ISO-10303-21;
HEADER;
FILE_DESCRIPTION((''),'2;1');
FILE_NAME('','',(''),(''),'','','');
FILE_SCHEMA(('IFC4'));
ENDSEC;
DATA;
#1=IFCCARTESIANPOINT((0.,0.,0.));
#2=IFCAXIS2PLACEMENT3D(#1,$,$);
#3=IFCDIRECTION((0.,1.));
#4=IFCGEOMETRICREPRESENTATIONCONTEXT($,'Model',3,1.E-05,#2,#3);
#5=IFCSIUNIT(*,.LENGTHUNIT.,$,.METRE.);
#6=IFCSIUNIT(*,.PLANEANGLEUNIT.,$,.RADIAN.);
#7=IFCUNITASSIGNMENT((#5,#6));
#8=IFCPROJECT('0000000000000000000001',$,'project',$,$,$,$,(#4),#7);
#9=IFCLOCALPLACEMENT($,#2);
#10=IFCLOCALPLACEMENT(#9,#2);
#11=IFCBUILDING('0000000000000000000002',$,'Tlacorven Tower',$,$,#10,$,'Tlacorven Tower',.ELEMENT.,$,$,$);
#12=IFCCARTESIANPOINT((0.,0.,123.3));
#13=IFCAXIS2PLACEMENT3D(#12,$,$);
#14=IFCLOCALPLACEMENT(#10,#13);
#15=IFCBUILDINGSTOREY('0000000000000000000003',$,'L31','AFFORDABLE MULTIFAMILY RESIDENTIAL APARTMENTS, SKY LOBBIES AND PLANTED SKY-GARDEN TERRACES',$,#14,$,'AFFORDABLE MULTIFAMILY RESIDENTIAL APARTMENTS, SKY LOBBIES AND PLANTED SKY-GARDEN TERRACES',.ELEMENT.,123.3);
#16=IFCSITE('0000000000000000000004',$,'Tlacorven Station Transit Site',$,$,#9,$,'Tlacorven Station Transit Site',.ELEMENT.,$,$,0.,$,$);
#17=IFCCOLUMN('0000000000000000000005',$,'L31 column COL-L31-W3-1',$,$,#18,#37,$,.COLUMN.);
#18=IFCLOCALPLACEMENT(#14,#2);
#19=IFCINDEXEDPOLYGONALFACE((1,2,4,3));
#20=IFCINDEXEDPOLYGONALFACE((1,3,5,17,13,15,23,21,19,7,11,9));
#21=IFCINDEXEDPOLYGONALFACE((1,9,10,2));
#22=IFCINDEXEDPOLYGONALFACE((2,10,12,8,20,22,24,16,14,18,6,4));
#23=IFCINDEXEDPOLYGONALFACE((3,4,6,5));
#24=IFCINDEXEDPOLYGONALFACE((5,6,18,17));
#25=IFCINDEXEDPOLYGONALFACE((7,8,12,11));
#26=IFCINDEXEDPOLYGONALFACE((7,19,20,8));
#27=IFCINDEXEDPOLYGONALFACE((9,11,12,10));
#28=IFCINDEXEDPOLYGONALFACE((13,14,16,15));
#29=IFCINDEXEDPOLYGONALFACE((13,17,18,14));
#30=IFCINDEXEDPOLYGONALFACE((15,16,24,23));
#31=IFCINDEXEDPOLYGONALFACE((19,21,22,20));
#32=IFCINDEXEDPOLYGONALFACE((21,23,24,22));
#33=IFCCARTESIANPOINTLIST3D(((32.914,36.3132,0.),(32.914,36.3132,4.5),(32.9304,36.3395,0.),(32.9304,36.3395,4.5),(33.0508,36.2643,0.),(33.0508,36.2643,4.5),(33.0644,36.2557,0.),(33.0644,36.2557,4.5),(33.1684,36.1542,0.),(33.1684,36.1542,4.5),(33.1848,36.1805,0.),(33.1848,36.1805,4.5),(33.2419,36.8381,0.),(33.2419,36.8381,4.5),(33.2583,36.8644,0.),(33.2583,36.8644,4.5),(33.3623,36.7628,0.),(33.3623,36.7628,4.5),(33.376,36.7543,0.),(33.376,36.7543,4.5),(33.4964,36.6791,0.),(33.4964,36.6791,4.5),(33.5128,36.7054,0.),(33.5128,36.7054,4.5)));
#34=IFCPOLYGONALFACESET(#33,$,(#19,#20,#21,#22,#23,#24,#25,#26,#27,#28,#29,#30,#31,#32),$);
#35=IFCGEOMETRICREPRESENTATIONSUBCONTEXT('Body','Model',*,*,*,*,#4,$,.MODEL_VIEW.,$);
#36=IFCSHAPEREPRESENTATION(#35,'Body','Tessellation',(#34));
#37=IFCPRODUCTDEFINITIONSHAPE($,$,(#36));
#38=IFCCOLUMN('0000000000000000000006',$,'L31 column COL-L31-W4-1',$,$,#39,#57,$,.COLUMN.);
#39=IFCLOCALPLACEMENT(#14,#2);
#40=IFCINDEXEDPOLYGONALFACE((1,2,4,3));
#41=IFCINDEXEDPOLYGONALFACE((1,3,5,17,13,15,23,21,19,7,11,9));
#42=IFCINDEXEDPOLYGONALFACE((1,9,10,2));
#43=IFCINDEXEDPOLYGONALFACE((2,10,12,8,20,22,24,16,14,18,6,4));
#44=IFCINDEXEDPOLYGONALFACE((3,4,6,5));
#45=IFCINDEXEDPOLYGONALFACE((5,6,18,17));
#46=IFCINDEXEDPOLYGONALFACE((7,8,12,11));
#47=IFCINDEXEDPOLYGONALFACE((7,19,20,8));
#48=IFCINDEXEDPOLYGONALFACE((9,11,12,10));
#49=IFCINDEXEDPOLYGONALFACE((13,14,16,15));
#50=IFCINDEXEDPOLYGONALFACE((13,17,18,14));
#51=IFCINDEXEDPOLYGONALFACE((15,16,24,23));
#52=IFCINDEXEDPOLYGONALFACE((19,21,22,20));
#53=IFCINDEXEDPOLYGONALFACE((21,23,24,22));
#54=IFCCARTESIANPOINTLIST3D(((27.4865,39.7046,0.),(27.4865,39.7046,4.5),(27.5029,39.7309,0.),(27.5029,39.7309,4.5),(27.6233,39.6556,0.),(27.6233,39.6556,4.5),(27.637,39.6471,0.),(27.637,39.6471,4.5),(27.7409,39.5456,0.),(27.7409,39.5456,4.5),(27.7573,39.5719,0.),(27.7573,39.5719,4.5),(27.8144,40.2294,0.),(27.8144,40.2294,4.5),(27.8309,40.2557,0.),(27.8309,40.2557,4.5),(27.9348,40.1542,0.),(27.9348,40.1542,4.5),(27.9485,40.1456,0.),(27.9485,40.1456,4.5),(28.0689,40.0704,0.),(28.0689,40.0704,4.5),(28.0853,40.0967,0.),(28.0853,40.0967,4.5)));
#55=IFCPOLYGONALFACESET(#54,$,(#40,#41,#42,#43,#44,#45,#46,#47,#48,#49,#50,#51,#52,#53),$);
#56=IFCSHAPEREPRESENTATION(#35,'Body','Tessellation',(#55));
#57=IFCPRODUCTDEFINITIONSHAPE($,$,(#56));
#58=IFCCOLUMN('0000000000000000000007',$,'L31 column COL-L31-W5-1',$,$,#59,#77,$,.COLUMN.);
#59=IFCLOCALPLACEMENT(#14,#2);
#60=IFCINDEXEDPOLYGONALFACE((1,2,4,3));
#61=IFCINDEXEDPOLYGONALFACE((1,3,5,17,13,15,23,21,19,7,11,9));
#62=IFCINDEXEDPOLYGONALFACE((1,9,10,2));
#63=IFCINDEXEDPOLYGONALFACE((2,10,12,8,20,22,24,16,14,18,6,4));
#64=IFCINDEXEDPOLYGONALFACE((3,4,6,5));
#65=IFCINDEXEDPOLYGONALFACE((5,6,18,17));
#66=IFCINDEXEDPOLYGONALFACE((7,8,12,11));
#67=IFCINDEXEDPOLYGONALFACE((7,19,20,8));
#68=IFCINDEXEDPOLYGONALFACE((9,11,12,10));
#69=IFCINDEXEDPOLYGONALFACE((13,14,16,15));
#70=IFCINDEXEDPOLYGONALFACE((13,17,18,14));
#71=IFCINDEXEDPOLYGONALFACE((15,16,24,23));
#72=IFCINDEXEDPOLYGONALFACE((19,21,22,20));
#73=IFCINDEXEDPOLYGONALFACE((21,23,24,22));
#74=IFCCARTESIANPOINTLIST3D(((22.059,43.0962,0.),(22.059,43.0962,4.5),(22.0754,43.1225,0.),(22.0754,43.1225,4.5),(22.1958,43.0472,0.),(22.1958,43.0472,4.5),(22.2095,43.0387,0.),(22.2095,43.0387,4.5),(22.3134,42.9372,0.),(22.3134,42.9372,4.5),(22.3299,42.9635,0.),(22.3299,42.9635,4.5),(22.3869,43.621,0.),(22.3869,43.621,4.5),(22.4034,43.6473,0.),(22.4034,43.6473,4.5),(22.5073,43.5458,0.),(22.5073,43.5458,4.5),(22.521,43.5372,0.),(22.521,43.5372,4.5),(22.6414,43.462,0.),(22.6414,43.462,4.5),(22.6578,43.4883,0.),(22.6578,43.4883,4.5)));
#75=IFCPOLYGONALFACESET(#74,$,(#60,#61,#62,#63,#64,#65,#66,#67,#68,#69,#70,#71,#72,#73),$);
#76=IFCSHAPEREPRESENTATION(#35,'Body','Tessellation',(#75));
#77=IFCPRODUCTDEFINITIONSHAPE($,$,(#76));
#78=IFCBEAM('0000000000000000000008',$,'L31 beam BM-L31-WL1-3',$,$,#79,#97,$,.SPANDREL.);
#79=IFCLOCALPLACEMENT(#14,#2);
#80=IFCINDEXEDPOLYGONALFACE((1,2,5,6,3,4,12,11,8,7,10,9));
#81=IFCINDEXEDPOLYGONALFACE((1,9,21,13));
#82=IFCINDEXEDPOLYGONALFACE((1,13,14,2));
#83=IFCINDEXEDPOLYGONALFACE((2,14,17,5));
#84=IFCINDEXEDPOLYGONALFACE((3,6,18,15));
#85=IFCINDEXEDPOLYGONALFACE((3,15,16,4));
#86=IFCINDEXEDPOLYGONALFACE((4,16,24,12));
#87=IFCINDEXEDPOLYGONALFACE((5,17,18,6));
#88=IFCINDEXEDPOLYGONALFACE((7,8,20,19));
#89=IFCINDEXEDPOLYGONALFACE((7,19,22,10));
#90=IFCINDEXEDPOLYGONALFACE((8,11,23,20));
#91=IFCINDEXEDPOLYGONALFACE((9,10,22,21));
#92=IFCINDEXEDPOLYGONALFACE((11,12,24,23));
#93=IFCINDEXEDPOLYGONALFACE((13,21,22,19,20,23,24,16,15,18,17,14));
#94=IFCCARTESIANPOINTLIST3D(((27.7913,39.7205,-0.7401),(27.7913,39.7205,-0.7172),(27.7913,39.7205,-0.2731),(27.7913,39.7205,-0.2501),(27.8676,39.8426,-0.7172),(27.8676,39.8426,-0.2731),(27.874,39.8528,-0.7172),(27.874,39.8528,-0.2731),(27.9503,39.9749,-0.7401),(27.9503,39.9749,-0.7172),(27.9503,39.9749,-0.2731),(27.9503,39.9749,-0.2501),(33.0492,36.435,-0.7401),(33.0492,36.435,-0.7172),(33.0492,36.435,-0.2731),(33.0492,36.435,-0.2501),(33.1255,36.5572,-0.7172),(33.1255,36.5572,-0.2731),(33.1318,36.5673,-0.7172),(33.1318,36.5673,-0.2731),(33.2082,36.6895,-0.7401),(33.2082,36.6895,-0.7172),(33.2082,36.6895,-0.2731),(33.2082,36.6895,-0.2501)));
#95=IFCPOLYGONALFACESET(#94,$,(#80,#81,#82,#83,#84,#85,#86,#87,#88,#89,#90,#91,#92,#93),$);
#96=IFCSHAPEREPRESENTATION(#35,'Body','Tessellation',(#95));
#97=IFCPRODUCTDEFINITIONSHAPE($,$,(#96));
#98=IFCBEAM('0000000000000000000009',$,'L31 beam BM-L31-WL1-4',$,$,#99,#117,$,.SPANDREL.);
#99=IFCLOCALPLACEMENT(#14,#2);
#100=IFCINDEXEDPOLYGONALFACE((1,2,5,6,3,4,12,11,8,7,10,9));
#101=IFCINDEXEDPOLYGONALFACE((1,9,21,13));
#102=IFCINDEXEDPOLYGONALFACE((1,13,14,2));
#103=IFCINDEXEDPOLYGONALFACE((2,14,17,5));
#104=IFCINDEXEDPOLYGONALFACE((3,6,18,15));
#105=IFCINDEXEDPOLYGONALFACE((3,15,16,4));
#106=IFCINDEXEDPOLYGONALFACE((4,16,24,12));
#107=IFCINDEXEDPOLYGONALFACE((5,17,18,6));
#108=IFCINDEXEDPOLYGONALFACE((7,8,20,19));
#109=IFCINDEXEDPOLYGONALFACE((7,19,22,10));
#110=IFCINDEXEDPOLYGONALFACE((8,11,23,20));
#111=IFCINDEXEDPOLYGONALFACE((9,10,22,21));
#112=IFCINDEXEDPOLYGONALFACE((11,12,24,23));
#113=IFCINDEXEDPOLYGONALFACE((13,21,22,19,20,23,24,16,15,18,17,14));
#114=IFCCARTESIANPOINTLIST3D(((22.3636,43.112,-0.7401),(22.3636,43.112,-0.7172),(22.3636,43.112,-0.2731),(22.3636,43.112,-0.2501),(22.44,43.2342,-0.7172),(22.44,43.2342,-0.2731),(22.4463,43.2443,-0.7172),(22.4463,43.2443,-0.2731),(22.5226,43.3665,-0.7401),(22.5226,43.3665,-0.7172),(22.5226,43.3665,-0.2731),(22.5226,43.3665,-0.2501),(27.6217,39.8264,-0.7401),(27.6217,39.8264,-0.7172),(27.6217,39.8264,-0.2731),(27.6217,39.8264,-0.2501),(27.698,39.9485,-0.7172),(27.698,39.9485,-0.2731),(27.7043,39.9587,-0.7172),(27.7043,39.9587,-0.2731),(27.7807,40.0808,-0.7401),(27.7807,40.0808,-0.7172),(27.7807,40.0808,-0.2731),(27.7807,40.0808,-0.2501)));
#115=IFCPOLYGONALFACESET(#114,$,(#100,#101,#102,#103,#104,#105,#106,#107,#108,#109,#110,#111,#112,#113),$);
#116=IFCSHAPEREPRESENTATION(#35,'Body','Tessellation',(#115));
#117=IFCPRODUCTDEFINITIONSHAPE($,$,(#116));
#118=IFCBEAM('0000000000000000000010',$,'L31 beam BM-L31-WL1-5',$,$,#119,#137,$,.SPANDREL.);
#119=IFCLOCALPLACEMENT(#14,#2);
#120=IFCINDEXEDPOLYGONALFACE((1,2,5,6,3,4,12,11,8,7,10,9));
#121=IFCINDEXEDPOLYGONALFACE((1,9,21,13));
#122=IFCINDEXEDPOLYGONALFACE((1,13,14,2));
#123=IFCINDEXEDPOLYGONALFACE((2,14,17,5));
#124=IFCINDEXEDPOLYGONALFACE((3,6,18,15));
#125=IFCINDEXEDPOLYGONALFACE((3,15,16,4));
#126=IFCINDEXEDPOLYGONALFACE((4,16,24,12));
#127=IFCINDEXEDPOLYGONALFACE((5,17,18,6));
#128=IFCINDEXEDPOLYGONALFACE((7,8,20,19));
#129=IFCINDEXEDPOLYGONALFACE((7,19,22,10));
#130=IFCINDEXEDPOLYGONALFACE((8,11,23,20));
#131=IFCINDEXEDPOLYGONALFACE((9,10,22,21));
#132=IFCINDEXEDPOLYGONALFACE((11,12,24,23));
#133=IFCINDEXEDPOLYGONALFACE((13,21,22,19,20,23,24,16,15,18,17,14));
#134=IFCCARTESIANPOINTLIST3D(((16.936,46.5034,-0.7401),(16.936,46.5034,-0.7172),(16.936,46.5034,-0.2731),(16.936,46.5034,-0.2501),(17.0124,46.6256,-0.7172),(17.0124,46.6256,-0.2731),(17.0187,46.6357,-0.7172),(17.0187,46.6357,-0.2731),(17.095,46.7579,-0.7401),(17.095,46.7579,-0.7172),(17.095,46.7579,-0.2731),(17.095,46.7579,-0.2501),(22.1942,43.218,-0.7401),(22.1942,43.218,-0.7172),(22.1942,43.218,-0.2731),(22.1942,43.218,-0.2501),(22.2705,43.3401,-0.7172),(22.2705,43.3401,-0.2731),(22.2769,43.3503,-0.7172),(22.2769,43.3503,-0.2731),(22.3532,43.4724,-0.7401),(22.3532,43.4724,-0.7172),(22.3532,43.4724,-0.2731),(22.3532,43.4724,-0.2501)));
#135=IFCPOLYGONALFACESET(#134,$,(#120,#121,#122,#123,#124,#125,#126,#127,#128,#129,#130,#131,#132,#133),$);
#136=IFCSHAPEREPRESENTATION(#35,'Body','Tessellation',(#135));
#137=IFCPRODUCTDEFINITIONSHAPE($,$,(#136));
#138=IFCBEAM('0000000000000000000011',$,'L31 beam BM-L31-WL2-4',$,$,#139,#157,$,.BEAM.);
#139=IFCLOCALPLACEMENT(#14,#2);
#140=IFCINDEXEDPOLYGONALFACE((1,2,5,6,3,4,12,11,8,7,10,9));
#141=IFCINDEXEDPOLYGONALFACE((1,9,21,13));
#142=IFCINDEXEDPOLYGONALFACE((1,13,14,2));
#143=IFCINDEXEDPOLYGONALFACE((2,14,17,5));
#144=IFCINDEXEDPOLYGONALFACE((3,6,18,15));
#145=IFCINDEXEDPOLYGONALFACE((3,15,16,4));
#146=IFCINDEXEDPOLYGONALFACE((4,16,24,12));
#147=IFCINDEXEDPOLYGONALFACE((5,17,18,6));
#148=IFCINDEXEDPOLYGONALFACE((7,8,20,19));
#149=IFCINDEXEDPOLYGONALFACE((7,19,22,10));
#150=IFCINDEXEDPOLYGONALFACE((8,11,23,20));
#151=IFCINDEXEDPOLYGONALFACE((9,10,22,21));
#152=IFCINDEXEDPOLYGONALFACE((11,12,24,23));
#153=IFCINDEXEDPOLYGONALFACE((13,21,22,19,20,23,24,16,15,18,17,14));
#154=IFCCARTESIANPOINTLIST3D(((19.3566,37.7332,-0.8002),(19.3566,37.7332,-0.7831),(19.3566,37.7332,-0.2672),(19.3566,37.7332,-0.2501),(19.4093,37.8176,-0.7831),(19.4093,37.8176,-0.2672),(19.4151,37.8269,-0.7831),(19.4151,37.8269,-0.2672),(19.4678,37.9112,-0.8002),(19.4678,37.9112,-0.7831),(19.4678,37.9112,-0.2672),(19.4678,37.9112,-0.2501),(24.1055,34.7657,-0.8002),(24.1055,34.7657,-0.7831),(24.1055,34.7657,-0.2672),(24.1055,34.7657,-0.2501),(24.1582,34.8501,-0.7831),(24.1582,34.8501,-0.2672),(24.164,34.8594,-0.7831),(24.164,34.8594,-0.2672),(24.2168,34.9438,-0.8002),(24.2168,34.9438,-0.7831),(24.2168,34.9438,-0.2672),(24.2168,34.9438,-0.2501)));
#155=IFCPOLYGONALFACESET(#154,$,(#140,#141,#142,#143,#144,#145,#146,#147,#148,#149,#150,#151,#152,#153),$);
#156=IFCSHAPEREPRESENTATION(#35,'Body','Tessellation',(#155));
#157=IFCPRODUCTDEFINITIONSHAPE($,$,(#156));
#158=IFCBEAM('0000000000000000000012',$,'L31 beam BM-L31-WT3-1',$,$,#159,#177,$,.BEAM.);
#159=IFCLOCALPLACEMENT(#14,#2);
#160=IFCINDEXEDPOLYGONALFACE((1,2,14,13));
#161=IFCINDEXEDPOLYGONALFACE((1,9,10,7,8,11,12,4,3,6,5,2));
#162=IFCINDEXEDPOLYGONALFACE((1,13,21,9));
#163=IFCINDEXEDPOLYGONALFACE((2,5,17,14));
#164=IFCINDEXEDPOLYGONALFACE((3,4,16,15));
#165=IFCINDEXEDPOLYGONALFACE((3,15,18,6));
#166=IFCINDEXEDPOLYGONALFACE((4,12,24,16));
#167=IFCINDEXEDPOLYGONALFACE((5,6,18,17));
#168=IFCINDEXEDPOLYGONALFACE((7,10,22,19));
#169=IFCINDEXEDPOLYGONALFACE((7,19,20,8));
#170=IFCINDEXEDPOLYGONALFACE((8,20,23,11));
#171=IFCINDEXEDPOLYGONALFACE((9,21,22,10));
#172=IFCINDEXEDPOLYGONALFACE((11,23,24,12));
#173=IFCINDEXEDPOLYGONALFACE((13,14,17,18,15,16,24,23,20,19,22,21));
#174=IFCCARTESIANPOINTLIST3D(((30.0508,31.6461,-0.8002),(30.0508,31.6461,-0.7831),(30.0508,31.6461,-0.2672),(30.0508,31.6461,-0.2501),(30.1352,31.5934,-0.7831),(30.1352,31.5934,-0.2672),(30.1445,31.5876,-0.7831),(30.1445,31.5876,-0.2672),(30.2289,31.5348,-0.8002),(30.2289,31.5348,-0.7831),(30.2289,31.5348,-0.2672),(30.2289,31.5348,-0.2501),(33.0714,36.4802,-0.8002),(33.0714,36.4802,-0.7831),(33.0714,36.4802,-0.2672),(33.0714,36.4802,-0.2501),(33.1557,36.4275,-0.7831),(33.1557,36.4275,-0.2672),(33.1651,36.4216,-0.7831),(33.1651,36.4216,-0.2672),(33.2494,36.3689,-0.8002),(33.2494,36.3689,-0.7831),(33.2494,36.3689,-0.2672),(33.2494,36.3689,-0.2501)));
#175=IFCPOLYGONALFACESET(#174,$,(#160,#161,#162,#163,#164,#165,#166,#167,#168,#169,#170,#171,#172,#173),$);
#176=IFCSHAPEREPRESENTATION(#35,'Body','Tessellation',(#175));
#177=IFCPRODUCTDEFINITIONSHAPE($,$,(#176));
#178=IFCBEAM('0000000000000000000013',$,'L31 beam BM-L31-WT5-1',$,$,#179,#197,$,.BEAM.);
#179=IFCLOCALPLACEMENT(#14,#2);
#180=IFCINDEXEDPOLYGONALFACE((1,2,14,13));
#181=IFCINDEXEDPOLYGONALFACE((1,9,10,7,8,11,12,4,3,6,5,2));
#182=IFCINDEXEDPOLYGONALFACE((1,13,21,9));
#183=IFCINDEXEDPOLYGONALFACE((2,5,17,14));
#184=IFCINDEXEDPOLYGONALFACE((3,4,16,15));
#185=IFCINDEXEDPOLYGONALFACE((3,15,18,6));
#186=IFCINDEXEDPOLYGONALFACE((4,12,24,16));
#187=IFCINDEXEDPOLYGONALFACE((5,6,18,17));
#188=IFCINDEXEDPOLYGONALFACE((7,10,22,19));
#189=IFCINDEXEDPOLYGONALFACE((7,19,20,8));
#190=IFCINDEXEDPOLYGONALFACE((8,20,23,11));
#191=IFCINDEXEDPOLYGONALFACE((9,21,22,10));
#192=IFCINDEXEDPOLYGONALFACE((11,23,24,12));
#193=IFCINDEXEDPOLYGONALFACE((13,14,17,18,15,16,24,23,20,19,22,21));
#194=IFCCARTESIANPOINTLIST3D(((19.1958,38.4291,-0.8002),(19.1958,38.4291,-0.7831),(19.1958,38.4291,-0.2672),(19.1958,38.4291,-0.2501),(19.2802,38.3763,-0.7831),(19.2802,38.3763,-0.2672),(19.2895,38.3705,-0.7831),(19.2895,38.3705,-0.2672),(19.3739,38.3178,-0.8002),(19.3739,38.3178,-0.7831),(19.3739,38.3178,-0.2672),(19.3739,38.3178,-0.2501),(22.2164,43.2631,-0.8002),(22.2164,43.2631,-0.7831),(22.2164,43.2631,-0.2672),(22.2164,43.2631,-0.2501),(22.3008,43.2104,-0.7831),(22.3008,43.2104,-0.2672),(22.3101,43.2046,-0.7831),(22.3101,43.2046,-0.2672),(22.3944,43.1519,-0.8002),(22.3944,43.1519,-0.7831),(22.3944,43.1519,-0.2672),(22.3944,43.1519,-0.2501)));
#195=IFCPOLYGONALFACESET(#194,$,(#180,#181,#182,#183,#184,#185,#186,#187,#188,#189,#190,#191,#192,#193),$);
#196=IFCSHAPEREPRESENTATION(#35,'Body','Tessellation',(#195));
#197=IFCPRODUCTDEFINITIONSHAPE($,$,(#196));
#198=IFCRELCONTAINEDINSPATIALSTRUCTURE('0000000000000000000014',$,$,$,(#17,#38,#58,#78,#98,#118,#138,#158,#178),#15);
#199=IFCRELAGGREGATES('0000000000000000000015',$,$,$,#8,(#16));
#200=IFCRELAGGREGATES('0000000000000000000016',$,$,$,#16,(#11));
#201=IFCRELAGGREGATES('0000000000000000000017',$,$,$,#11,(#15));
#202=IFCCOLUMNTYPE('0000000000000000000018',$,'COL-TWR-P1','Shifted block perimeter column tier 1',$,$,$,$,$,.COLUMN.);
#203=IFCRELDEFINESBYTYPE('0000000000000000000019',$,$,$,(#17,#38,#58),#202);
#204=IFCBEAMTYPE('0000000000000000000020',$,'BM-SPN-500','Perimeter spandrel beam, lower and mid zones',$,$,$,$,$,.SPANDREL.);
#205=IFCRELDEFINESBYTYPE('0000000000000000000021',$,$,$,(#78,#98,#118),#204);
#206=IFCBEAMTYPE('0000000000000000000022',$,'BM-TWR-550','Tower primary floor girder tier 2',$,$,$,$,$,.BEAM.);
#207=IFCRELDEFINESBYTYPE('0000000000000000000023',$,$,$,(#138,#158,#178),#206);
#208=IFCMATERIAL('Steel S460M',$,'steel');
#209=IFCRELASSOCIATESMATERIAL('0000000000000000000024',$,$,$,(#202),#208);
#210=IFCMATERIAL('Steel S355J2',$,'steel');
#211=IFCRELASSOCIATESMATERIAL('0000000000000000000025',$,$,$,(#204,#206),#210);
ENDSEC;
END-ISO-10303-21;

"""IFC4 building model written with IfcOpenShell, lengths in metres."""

from ifc_helpers import new_model, si_unit, direction, frame, origin, origin_2d, place, context, subcontext, project, spatial, i_section, extrude, source, transform, mapped, material, material_profile, profile_set, type_object, element, save


model = new_model("IFC4")

# Units and contexts
model_context = context("Model", 3, precision=1e-05, world=origin(), true_north=direction((0.0, 1.0)))
body_context = subcontext(model_context, "Body", "Model", "MODEL_VIEW")
ifc_project = project(units=[si_unit("LENGTHUNIT", "METRE"), si_unit("PLANEANGLEUNIT", "RADIAN")], contexts=[model_context])

# Site, building, storey
site_placement = place(None, origin())
site = spatial("IfcSite", under=ifc_project, at=site_placement, Name="Tlacorven Station Transit Site", LongName="Tlacorven Station Transit Site", CompositionType="ELEMENT", RefElevation=0.0)
building_placement = place(site_placement, origin())
building = spatial("IfcBuilding", under=site, at=building_placement, Name="Tlacorven Tower", LongName="Tlacorven Tower", CompositionType="ELEMENT")
storey_placement = place(building_placement, frame((0.0, 0.0, 123.3)))
storey = spatial("IfcBuildingStorey", under=building, at=storey_placement, Name="L31", Description="AFFORDABLE MULTIFAMILY RESIDENTIAL APARTMENTS, SKY LOBBIES AND PLANTED SKY-GARDEN TERRACES", LongName="AFFORDABLE MULTIFAMILY RESIDENTIAL APARTMENTS, SKY LOBBIES AND PLANTED SKY-GARDEN TERRACES", CompositionType="ELEMENT", Elevation=123.3)

# Columns
ifc_material_1 = material(Name="Steel S460M", Category="steel")
ifc_material_profile_1 = material_profile(ifc_material_1, i_section(OverallWidth=0.3, OverallDepth=0.6499, WebThickness=0.0161, FlangeThickness=0.031, at=origin_2d()), Name="HEB 650")
ifc_profile_set_1 = profile_set([ifc_material_profile_1], Name="Steel S460M")
column_type = type_object("IfcColumnType", Name="COL-TWR-P1", Description="Shifted block perimeter column tier 1", PredefinedType="COLUMN", material=ifc_profile_set_1)
shared_shape_1 = source(origin(), body_context, "Body", "SweptSolid", [
    extrude(i_section(OverallWidth=0.3, OverallDepth=0.6499, WebThickness=0.0161, FlangeThickness=0.031, at=origin_2d()), origin(), (0.0, 0.0, 1.0), 4.5),
])
for number, where, z_axis, x_axis, name in (
    (1, (33.2134, 36.5093, 0.0), (0.0, 0.0, 1.0), (-0.848048, 0.529919, 0.0), "L31 column COL-L31-W3-1"),
    (2, (27.7859, 39.9006, 0.0), (0.0, 0.0, 1.0), (-0.848048, 0.529919, 0.0), "L31 column COL-L31-W4-1"),
    (3, (22.3584, 43.2922, 0.0), (0.0, 0.0, 1.0), (-0.848048, 0.529919, 0.0), "L31 column COL-L31-W5-1"),
):
    element("IfcColumn", number, at=place(storey_placement, frame(where, z_axis=z_axis, x_axis=x_axis)), inside=storey, type_object=column_type, Name=name, PredefinedType="COLUMN", context=body_context, shape_type="MappedRepresentation", body=[
        mapped(shared_shape_1, transform((0.0, 0.0, 0.0), scale=1.0)),
    ])

# Beams
ifc_material_2 = material(Name="Steel S355J2", Category="steel")
ifc_material_profile_2 = material_profile(ifc_material_2, i_section(OverallWidth=0.3, OverallDepth=0.49, WebThickness=0.012, FlangeThickness=0.0229, at=origin_2d()), Name="HEA 500")
ifc_profile_set_2 = profile_set([ifc_material_profile_2], Name="Steel S355J2")
beam_type_1 = type_object("IfcBeamType", Name="BM-SPN-500", Description="Perimeter spandrel beam, lower and mid zones", PredefinedType="SPANDREL", material=ifc_profile_set_2)
shared_shape_2 = source(origin(), body_context, "Body", "SweptSolid", [
    extrude(i_section(OverallWidth=0.3, OverallDepth=0.49, WebThickness=0.012, FlangeThickness=0.0229, at=origin_2d()), origin(), (0.0, 0.0, 1.0), 6.2),
])
beam_1_placement = place(storey_placement, frame((33.1287, 36.5623, -0.4951), z_axis=(-0.848051, 0.529914, 0.0), x_axis=(-0.529914, -0.848051, 0.0)))
element("IfcBeam", 4, at=beam_1_placement, inside=storey, type_object=beam_type_1, Name="L31 beam BM-L31-WL1-3", PredefinedType="SPANDREL", context=body_context, shape_type="MappedRepresentation", body=[
    mapped(shared_shape_2, transform((0.0, 0.0, 0.0), scale=1.0)),
])
shared_shape_3 = source(origin(), body_context, "Body", "SweptSolid", [
    extrude(i_section(OverallWidth=0.3, OverallDepth=0.49, WebThickness=0.012, FlangeThickness=0.0229, at=origin_2d()), origin(), (0.0, 0.0, 1.0), 6.2002),
])
for number, where, z_axis, x_axis, name in (
    (5, (27.7012, 39.9536, -0.4951), (-0.848045, 0.529925, 0.0), (-0.529925, -0.848045, 0.0), "L31 beam BM-L31-WL1-4"),
    (6, (22.2737, 43.3452, -0.4951), (-0.848062, 0.529896, 0.0), (-0.529896, -0.848062, 0.0), "L31 beam BM-L31-WL1-5"),
):
    element("IfcBeam", number, at=place(storey_placement, frame(where, z_axis=z_axis, x_axis=x_axis)), inside=storey, type_object=beam_type_1, Name=name, PredefinedType="SPANDREL", context=body_context, shape_type="MappedRepresentation", body=[
        mapped(shared_shape_3, transform((0.0, 0.0, 0.0), scale=1.0)),
    ])
ifc_material_profile_3 = material_profile(ifc_material_2, i_section(OverallWidth=0.21, OverallDepth=0.55, WebThickness=0.011, FlangeThickness=0.0171, at=origin_2d()), Name="IPE 550")
ifc_profile_set_3 = profile_set([ifc_material_profile_3], Name="Steel S355J2")
beam_type_2 = type_object("IfcBeamType", Name="BM-TWR-550", Description="Tower primary floor girder tier 2", PredefinedType="BEAM", material=ifc_profile_set_3)
shared_shape_4 = source(origin(), body_context, "Body", "SweptSolid", [
    extrude(i_section(OverallWidth=0.21, OverallDepth=0.55, WebThickness=0.011, FlangeThickness=0.0171, at=origin_2d()), origin(), (0.0, 0.0, 1.0), 5.5999),
])
beam_2_placement = place(storey_placement, frame((24.1611, 34.8547, -0.5251), z_axis=(-0.848047, 0.529921, 0.0), x_axis=(-0.529921, -0.848047, 0.0)))
element("IfcBeam", 7, at=beam_2_placement, inside=storey, type_object=beam_type_2, Name="L31 beam BM-L31-WL2-4", PredefinedType="BEAM", context=body_context, shape_type="MappedRepresentation", body=[
    mapped(shared_shape_4, transform((0.0, 0.0, 0.0), scale=1.0)),
])
shared_shape_5 = source(origin(), body_context, "Body", "SweptSolid", [
    extrude(i_section(OverallWidth=0.21, OverallDepth=0.55, WebThickness=0.011, FlangeThickness=0.0171, at=origin_2d()), origin(), (0.0, 0.0, 1.0), 5.7002),
])
for number, where, z_axis, x_axis, name in (
    (8, (33.1604, 36.4246, -0.5251), (-0.529907, -0.848056, 0.0), (0.848056, -0.529907, 0.0), "L31 beam BM-L31-WT3-1"),
    (9, (22.3054, 43.2075, -0.5251), (-0.529907, -0.848056, 0.0), (0.848056, -0.529907, 0.0), "L31 beam BM-L31-WT5-1"),
):
    element("IfcBeam", number, at=place(storey_placement, frame(where, z_axis=z_axis, x_axis=x_axis)), inside=storey, type_object=beam_type_2, Name=name, PredefinedType="BEAM", context=body_context, shape_type="MappedRepresentation", body=[
        mapped(shared_shape_5, transform((0.0, 0.0, 0.0), scale=1.0)),
    ])

save(model, "model.ifc")
